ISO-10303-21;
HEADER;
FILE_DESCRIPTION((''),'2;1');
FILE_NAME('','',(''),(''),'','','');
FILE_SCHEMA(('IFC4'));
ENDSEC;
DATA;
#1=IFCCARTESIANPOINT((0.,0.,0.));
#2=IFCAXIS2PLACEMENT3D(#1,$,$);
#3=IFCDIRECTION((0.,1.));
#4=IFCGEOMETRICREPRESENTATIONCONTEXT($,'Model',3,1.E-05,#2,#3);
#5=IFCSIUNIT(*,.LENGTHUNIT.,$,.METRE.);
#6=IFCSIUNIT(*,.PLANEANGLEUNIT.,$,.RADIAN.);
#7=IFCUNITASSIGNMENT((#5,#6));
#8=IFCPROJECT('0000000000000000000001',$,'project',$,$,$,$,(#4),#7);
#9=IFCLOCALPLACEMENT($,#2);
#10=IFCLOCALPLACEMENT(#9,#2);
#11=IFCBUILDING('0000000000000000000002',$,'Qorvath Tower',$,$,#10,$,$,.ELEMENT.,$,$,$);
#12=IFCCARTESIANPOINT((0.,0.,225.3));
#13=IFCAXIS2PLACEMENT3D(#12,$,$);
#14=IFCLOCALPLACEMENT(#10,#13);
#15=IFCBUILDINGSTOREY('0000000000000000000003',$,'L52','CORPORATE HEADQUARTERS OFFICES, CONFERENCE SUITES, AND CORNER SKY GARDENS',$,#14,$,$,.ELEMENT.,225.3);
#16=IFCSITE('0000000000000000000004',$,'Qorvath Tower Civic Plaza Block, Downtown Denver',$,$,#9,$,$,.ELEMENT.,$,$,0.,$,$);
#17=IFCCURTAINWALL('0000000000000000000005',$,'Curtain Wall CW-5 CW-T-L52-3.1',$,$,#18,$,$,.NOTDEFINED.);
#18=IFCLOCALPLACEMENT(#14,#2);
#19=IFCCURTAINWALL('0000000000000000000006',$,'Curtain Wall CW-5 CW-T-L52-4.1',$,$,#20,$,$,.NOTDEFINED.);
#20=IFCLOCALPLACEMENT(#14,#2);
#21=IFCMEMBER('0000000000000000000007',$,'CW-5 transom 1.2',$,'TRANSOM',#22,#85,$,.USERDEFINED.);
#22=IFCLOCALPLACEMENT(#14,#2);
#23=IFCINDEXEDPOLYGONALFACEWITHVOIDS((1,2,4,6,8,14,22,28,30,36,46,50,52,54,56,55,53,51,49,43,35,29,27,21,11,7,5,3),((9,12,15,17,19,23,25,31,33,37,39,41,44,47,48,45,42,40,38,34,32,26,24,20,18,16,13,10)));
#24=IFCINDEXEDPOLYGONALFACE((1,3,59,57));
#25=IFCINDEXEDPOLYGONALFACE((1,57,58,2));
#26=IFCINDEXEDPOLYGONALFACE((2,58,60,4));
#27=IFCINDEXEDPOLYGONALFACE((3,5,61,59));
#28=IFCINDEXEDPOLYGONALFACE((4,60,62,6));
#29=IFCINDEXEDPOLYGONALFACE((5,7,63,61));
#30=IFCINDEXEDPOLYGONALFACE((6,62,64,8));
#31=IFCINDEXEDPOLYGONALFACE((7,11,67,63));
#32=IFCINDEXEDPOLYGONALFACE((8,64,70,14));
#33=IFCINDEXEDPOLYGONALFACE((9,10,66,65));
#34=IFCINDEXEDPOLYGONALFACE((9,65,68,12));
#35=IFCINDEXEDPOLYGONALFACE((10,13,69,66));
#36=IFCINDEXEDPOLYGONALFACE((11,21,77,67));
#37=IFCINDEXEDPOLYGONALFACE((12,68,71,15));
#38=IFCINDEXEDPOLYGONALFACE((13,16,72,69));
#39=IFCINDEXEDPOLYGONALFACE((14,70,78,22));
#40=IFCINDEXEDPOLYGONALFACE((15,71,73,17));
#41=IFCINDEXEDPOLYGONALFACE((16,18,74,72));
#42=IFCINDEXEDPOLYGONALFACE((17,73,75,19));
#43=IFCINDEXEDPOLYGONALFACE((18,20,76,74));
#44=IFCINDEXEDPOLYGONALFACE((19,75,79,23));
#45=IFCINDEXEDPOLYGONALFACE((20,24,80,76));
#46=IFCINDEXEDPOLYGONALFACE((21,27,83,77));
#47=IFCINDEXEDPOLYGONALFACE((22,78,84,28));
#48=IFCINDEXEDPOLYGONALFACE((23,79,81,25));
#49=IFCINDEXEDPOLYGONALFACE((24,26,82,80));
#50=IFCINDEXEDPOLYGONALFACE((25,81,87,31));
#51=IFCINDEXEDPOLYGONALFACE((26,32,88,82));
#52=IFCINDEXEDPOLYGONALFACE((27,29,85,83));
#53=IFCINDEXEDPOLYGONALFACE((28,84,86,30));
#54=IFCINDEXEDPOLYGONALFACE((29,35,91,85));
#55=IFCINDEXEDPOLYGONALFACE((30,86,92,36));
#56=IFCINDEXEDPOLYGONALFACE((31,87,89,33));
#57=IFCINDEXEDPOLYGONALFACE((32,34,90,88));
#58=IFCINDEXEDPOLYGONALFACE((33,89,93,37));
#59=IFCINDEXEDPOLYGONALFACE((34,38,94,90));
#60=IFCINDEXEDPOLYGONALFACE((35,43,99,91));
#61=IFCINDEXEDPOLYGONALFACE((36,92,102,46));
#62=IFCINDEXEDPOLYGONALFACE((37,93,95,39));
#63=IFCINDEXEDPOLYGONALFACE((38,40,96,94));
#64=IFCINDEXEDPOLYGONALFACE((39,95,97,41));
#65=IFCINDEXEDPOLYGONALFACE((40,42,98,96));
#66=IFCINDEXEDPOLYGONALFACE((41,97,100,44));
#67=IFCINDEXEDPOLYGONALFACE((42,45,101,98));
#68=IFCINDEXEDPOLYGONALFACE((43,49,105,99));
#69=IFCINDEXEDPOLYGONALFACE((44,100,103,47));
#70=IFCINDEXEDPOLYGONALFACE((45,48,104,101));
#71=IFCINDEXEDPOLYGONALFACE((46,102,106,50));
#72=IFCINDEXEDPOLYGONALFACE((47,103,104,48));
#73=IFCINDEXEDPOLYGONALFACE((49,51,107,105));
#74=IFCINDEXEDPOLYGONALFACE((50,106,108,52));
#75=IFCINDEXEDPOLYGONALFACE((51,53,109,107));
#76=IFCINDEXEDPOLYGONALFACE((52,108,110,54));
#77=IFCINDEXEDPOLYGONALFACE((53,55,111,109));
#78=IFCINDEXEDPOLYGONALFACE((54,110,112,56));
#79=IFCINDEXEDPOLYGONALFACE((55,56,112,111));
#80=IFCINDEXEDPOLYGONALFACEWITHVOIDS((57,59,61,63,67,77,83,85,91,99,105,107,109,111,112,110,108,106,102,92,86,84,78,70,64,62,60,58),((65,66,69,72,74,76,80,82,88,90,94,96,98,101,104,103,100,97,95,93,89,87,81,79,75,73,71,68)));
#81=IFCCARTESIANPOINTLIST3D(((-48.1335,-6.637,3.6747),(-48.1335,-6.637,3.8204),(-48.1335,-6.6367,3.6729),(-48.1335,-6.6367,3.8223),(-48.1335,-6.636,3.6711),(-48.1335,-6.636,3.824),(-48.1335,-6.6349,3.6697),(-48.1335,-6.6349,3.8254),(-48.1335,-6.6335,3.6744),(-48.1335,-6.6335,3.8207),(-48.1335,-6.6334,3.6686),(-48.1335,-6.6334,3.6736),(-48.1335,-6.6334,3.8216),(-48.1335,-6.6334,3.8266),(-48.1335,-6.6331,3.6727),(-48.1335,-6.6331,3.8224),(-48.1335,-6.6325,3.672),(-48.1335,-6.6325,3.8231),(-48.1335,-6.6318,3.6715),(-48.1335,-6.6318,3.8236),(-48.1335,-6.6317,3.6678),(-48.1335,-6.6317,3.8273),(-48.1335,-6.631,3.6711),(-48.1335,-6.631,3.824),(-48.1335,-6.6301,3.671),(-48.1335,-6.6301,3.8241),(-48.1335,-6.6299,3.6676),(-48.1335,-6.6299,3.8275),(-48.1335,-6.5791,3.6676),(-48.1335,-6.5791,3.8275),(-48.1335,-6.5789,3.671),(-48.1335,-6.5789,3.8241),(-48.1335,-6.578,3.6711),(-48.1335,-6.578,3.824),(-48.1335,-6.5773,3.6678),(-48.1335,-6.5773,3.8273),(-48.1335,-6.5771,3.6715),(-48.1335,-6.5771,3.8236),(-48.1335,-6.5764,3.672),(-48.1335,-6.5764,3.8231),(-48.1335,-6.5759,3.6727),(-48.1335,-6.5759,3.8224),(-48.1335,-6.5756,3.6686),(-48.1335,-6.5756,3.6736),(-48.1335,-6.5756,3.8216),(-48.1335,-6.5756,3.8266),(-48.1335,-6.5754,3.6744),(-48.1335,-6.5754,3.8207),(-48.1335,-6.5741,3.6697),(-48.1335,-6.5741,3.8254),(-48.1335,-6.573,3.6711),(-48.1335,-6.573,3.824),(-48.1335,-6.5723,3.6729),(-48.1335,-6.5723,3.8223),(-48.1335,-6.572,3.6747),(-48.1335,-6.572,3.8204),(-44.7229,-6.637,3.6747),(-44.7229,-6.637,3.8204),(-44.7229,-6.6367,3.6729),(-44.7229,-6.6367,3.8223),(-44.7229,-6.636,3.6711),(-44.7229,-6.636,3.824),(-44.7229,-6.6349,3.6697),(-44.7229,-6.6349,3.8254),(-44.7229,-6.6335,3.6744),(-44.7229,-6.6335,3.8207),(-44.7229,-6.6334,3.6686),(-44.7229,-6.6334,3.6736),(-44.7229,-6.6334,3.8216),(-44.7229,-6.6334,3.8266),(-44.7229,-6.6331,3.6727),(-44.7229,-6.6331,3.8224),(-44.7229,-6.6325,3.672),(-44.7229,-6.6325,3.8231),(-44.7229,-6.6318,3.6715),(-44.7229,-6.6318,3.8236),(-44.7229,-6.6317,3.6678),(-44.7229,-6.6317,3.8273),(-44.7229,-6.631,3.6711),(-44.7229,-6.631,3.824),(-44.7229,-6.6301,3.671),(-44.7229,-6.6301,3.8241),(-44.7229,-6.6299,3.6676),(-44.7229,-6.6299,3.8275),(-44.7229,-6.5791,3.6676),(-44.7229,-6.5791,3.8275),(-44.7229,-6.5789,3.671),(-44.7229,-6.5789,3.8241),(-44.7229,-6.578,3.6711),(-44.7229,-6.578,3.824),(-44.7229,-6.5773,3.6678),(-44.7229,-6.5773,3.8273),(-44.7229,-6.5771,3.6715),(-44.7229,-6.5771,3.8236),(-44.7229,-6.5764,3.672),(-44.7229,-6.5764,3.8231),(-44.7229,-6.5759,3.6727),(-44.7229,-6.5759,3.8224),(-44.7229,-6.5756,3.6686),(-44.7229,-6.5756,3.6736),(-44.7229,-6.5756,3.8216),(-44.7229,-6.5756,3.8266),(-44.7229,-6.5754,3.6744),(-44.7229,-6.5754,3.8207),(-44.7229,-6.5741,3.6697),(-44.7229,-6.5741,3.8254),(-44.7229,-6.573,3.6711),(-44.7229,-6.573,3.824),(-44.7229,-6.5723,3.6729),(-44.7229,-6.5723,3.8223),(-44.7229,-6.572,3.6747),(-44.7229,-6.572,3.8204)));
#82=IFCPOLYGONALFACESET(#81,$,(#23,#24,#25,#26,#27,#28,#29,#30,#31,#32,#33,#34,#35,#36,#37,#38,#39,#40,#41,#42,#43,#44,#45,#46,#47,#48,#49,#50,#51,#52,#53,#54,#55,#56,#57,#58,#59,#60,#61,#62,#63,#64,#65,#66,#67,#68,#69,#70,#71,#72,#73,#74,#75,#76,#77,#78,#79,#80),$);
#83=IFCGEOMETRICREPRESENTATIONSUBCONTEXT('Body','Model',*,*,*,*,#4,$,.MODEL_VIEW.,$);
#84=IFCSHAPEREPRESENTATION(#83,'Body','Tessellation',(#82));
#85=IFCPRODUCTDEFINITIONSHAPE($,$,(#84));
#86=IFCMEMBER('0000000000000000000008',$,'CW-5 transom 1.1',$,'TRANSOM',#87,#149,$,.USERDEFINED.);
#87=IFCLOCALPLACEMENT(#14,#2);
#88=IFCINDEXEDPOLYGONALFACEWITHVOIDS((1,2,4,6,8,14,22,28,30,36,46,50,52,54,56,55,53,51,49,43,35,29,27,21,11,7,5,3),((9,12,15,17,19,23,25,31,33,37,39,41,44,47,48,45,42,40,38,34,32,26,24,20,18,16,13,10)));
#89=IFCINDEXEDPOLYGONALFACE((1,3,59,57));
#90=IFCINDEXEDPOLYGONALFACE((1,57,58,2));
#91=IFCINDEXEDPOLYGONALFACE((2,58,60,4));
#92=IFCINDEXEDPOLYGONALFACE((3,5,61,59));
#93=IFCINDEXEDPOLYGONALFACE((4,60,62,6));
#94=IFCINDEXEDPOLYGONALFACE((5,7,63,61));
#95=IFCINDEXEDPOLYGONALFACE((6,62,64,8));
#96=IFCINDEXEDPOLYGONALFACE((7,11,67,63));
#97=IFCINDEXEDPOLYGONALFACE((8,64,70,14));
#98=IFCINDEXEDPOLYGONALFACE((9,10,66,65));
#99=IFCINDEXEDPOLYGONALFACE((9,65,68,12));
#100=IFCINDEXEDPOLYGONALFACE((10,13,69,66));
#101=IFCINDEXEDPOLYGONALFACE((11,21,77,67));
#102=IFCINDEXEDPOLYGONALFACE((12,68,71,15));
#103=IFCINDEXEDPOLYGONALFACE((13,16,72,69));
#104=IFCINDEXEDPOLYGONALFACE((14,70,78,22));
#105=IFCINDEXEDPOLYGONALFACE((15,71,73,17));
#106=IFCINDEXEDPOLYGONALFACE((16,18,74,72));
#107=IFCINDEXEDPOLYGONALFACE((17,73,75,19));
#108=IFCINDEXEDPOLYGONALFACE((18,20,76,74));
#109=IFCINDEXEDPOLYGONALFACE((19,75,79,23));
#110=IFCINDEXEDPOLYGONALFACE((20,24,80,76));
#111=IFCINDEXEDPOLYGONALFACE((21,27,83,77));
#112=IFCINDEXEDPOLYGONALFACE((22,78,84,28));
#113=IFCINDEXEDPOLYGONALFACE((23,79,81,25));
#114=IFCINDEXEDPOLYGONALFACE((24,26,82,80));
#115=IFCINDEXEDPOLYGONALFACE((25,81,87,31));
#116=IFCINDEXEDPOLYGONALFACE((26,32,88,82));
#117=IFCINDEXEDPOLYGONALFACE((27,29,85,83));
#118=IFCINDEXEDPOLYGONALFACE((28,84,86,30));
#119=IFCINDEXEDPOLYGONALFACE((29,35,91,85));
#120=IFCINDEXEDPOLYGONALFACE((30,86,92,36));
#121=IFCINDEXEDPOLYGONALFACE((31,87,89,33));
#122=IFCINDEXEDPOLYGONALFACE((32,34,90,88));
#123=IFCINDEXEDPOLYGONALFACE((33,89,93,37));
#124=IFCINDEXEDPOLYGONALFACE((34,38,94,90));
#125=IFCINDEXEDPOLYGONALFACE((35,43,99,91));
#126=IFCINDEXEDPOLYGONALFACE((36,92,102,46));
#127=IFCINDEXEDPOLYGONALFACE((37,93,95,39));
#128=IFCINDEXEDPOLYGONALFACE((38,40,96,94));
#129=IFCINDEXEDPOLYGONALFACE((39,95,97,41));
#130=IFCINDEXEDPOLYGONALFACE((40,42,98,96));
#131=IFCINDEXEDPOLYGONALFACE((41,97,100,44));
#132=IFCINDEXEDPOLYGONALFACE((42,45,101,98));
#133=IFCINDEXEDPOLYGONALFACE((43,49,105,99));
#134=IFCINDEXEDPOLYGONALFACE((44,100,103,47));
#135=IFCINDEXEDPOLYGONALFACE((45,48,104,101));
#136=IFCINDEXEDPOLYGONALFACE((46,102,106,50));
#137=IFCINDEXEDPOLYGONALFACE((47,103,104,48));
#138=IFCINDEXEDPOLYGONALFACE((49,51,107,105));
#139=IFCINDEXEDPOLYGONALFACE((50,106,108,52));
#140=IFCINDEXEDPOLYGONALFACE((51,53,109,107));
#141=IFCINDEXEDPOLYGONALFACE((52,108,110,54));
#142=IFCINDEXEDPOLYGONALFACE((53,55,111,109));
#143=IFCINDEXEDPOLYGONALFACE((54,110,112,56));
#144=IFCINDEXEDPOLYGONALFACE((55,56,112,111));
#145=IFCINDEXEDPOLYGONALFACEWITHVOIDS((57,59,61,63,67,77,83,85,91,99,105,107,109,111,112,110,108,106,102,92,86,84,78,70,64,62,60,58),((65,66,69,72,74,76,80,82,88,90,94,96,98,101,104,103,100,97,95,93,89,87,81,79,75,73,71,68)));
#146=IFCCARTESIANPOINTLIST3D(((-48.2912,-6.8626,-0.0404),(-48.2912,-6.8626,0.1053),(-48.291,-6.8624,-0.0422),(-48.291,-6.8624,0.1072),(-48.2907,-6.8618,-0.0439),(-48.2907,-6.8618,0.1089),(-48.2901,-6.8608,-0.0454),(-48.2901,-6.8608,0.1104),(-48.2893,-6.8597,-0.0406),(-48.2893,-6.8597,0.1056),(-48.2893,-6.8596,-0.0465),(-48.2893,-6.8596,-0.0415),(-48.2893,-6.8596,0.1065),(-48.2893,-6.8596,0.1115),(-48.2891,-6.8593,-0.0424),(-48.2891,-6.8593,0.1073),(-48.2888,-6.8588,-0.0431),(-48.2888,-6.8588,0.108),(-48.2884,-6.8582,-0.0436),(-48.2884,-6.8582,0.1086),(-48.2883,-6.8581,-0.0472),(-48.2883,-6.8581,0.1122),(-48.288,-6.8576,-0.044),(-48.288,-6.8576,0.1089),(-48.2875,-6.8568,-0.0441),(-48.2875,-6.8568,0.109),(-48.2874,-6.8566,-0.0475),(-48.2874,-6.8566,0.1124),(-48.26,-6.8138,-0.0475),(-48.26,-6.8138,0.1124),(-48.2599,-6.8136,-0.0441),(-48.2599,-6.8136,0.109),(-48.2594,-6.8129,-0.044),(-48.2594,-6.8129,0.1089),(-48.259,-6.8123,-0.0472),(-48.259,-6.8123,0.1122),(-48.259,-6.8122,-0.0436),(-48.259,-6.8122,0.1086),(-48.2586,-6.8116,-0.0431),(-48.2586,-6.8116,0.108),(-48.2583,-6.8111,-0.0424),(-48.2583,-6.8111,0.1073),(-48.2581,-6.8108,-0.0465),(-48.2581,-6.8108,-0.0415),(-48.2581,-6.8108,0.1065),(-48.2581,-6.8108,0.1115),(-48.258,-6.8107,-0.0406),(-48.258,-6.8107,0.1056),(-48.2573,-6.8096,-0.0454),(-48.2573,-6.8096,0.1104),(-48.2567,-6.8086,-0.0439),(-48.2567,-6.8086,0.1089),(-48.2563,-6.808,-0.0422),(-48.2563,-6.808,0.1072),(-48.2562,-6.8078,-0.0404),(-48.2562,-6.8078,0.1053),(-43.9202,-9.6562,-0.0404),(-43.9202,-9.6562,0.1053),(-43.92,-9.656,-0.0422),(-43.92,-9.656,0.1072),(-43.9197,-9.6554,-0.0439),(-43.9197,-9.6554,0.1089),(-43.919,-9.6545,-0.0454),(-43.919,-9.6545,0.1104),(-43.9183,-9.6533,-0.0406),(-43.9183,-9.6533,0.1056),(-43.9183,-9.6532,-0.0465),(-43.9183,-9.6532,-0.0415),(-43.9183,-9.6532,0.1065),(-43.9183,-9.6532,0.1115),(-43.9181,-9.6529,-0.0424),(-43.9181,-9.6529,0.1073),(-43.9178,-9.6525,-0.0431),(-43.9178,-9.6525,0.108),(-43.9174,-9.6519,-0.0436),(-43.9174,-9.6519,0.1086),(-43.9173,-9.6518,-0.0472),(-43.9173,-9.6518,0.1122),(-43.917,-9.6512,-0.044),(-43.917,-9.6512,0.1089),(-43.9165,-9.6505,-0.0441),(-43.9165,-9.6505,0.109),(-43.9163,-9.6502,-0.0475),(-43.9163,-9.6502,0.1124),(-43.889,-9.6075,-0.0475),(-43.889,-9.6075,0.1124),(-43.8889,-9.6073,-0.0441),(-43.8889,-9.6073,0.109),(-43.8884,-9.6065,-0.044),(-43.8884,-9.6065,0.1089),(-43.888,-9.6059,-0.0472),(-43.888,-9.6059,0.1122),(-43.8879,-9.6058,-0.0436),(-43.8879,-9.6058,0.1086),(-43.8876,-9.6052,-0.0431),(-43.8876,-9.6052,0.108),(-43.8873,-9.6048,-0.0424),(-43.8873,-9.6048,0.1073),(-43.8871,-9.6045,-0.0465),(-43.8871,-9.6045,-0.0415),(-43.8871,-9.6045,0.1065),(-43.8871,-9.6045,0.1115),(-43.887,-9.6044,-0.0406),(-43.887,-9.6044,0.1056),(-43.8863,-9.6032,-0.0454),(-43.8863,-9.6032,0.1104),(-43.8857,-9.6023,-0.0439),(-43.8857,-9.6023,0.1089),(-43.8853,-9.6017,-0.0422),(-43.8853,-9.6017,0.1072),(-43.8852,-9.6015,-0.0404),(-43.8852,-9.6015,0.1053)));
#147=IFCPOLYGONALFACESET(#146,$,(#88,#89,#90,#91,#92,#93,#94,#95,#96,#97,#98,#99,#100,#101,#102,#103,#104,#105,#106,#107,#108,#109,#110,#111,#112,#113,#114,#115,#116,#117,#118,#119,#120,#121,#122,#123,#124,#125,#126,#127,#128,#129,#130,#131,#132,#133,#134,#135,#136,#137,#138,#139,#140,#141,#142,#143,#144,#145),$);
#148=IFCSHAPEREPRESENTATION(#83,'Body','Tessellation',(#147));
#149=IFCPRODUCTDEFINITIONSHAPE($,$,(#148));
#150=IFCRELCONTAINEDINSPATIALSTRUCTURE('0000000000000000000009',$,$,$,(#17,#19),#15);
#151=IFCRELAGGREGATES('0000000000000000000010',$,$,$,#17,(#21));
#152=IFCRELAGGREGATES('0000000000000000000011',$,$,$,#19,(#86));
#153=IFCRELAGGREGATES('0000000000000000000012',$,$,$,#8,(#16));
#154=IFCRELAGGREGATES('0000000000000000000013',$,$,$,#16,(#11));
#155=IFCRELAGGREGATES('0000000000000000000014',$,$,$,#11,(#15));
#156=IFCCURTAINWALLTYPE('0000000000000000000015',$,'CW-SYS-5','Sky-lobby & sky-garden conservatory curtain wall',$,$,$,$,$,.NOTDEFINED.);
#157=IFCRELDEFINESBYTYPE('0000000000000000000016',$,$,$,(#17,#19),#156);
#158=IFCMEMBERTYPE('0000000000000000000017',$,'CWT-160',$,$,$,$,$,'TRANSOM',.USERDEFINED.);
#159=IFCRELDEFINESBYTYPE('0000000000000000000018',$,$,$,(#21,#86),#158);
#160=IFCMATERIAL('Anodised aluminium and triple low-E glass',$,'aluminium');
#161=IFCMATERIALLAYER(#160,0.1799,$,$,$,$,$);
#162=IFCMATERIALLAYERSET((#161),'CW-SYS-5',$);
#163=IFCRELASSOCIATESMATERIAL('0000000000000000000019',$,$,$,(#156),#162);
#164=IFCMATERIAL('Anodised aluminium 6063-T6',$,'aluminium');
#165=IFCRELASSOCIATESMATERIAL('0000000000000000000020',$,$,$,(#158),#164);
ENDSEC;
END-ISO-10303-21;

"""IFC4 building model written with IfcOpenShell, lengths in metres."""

from ifc_helpers import new_model, si_unit, direction, frame, origin, origin_2d, place, context, subcontext, project, spatial, hollow_rectangle, extrude, material, layer, layer_set, material_profile, profile_set, type_object, element, aggregate, save


model = new_model("IFC4")

# Units and contexts
model_context = context("Model", 3, precision=1e-05, world=origin(), true_north=direction((0.0, 1.0)))
body_context = subcontext(model_context, "Body", "Model", "MODEL_VIEW")
ifc_project = project(units=[si_unit("LENGTHUNIT", "METRE"), si_unit("PLANEANGLEUNIT", "RADIAN")], contexts=[model_context])

# Site, building, storey
site_placement = place(None, origin())
site = spatial("IfcSite", under=ifc_project, at=site_placement, Name="Qorvath Tower Civic Plaza Block, Downtown Denver", CompositionType="ELEMENT", RefElevation=0.0)
building_placement = place(site_placement, origin())
building = spatial("IfcBuilding", under=site, at=building_placement, Name="Qorvath Tower", CompositionType="ELEMENT")
storey_placement = place(building_placement, frame((0.0, 0.0, 225.3)))
storey = spatial("IfcBuildingStorey", under=building, at=storey_placement, Name="L52", Description="CORPORATE HEADQUARTERS OFFICES, CONFERENCE SUITES, AND CORNER SKY GARDENS", CompositionType="ELEMENT", Elevation=225.3)

# Shared definitions
ifc_material_1 = material(Name="Anodised aluminium and triple low-E glass", Category="aluminium")
ifc_layer_1 = layer(ifc_material_1, 0.1799)
ifc_layer_set_1 = layer_set([ifc_layer_1], Name="CW-SYS-5")
curtain_wall_type = type_object("IfcCurtainWallType", Name="CW-SYS-5", Description="Sky-lobby & sky-garden conservatory curtain wall", PredefinedType="NOTDEFINED", material=ifc_layer_set_1)

# Curtain walls
curtain_wall_1_placement = place(storey_placement, origin())
curtain_wall_1 = element("IfcCurtainWall", 1, at=curtain_wall_1_placement, inside=storey, type_object=curtain_wall_type, Name="Curtain Wall CW-5 CW-T-L52-3.1", PredefinedType="NOTDEFINED")
curtain_wall_2_placement = place(storey_placement, origin())
curtain_wall_2 = element("IfcCurtainWall", 2, at=curtain_wall_2_placement, inside=storey, type_object=curtain_wall_type, Name="Curtain Wall CW-5 CW-T-L52-4.1", PredefinedType="NOTDEFINED")

# Members
ifc_material_2 = material(Name="Anodised aluminium 6063-T6", Category="aluminium")
ifc_material_profile_1 = material_profile(ifc_material_2, hollow_rectangle(XDim=0.0649, YDim=0.1599, WallThickness=0.0034, InnerFilletRadius=0.0034, OuterFilletRadius=0.0071, at=origin_2d()), Name="CWT 160x65")
ifc_profile_set_1 = profile_set([ifc_material_profile_1], Name="Anodised aluminium 6063-T6")
member_type_1 = type_object("IfcMemberType", Name="CWT-160", ElementType="TRANSOM", PredefinedType="USERDEFINED", material=ifc_profile_set_1)
member_1_placement = place(storey_placement, frame((-44.7229, -6.6045, 3.7476), z_axis=(-1.0, 0.0, 0.0), x_axis=(0.0, -1.0, 0.0)))
member_1 = element("IfcMember", 3, at=member_1_placement, type_object=member_type_1, Name="CW-5 transom 1.2", ObjectType="TRANSOM", PredefinedType="USERDEFINED", context=body_context, shape_type="SweptSolid", body=[
    extrude(hollow_rectangle(XDim=0.0649, YDim=0.1599, WallThickness=0.0034, InnerFilletRadius=0.0034, OuterFilletRadius=0.0071, at=origin_2d()), origin(), (0.0, 0.0, 1.0), 3.4106),
])
member_2_placement = place(storey_placement, frame((-48.2737, -6.8352, 0.0325), z_axis=(0.842604, -0.538534, 0.0), x_axis=(0.538534, 0.842604, 0.0)))
member_2 = element("IfcMember", 4, at=member_2_placement, type_object=member_type_1, Name="CW-5 transom 1.1", ObjectType="TRANSOM", PredefinedType="USERDEFINED", context=body_context, shape_type="SweptSolid", body=[
    extrude(hollow_rectangle(XDim=0.0649, YDim=0.1599, WallThickness=0.0034, InnerFilletRadius=0.0034, OuterFilletRadius=0.0071, at=origin_2d()), origin(), (0.0, 0.0, 1.0), 5.1875),
])

aggregate(curtain_wall_1, [member_1])
aggregate(curtain_wall_2, [member_2])

save(model, "model.ifc")
